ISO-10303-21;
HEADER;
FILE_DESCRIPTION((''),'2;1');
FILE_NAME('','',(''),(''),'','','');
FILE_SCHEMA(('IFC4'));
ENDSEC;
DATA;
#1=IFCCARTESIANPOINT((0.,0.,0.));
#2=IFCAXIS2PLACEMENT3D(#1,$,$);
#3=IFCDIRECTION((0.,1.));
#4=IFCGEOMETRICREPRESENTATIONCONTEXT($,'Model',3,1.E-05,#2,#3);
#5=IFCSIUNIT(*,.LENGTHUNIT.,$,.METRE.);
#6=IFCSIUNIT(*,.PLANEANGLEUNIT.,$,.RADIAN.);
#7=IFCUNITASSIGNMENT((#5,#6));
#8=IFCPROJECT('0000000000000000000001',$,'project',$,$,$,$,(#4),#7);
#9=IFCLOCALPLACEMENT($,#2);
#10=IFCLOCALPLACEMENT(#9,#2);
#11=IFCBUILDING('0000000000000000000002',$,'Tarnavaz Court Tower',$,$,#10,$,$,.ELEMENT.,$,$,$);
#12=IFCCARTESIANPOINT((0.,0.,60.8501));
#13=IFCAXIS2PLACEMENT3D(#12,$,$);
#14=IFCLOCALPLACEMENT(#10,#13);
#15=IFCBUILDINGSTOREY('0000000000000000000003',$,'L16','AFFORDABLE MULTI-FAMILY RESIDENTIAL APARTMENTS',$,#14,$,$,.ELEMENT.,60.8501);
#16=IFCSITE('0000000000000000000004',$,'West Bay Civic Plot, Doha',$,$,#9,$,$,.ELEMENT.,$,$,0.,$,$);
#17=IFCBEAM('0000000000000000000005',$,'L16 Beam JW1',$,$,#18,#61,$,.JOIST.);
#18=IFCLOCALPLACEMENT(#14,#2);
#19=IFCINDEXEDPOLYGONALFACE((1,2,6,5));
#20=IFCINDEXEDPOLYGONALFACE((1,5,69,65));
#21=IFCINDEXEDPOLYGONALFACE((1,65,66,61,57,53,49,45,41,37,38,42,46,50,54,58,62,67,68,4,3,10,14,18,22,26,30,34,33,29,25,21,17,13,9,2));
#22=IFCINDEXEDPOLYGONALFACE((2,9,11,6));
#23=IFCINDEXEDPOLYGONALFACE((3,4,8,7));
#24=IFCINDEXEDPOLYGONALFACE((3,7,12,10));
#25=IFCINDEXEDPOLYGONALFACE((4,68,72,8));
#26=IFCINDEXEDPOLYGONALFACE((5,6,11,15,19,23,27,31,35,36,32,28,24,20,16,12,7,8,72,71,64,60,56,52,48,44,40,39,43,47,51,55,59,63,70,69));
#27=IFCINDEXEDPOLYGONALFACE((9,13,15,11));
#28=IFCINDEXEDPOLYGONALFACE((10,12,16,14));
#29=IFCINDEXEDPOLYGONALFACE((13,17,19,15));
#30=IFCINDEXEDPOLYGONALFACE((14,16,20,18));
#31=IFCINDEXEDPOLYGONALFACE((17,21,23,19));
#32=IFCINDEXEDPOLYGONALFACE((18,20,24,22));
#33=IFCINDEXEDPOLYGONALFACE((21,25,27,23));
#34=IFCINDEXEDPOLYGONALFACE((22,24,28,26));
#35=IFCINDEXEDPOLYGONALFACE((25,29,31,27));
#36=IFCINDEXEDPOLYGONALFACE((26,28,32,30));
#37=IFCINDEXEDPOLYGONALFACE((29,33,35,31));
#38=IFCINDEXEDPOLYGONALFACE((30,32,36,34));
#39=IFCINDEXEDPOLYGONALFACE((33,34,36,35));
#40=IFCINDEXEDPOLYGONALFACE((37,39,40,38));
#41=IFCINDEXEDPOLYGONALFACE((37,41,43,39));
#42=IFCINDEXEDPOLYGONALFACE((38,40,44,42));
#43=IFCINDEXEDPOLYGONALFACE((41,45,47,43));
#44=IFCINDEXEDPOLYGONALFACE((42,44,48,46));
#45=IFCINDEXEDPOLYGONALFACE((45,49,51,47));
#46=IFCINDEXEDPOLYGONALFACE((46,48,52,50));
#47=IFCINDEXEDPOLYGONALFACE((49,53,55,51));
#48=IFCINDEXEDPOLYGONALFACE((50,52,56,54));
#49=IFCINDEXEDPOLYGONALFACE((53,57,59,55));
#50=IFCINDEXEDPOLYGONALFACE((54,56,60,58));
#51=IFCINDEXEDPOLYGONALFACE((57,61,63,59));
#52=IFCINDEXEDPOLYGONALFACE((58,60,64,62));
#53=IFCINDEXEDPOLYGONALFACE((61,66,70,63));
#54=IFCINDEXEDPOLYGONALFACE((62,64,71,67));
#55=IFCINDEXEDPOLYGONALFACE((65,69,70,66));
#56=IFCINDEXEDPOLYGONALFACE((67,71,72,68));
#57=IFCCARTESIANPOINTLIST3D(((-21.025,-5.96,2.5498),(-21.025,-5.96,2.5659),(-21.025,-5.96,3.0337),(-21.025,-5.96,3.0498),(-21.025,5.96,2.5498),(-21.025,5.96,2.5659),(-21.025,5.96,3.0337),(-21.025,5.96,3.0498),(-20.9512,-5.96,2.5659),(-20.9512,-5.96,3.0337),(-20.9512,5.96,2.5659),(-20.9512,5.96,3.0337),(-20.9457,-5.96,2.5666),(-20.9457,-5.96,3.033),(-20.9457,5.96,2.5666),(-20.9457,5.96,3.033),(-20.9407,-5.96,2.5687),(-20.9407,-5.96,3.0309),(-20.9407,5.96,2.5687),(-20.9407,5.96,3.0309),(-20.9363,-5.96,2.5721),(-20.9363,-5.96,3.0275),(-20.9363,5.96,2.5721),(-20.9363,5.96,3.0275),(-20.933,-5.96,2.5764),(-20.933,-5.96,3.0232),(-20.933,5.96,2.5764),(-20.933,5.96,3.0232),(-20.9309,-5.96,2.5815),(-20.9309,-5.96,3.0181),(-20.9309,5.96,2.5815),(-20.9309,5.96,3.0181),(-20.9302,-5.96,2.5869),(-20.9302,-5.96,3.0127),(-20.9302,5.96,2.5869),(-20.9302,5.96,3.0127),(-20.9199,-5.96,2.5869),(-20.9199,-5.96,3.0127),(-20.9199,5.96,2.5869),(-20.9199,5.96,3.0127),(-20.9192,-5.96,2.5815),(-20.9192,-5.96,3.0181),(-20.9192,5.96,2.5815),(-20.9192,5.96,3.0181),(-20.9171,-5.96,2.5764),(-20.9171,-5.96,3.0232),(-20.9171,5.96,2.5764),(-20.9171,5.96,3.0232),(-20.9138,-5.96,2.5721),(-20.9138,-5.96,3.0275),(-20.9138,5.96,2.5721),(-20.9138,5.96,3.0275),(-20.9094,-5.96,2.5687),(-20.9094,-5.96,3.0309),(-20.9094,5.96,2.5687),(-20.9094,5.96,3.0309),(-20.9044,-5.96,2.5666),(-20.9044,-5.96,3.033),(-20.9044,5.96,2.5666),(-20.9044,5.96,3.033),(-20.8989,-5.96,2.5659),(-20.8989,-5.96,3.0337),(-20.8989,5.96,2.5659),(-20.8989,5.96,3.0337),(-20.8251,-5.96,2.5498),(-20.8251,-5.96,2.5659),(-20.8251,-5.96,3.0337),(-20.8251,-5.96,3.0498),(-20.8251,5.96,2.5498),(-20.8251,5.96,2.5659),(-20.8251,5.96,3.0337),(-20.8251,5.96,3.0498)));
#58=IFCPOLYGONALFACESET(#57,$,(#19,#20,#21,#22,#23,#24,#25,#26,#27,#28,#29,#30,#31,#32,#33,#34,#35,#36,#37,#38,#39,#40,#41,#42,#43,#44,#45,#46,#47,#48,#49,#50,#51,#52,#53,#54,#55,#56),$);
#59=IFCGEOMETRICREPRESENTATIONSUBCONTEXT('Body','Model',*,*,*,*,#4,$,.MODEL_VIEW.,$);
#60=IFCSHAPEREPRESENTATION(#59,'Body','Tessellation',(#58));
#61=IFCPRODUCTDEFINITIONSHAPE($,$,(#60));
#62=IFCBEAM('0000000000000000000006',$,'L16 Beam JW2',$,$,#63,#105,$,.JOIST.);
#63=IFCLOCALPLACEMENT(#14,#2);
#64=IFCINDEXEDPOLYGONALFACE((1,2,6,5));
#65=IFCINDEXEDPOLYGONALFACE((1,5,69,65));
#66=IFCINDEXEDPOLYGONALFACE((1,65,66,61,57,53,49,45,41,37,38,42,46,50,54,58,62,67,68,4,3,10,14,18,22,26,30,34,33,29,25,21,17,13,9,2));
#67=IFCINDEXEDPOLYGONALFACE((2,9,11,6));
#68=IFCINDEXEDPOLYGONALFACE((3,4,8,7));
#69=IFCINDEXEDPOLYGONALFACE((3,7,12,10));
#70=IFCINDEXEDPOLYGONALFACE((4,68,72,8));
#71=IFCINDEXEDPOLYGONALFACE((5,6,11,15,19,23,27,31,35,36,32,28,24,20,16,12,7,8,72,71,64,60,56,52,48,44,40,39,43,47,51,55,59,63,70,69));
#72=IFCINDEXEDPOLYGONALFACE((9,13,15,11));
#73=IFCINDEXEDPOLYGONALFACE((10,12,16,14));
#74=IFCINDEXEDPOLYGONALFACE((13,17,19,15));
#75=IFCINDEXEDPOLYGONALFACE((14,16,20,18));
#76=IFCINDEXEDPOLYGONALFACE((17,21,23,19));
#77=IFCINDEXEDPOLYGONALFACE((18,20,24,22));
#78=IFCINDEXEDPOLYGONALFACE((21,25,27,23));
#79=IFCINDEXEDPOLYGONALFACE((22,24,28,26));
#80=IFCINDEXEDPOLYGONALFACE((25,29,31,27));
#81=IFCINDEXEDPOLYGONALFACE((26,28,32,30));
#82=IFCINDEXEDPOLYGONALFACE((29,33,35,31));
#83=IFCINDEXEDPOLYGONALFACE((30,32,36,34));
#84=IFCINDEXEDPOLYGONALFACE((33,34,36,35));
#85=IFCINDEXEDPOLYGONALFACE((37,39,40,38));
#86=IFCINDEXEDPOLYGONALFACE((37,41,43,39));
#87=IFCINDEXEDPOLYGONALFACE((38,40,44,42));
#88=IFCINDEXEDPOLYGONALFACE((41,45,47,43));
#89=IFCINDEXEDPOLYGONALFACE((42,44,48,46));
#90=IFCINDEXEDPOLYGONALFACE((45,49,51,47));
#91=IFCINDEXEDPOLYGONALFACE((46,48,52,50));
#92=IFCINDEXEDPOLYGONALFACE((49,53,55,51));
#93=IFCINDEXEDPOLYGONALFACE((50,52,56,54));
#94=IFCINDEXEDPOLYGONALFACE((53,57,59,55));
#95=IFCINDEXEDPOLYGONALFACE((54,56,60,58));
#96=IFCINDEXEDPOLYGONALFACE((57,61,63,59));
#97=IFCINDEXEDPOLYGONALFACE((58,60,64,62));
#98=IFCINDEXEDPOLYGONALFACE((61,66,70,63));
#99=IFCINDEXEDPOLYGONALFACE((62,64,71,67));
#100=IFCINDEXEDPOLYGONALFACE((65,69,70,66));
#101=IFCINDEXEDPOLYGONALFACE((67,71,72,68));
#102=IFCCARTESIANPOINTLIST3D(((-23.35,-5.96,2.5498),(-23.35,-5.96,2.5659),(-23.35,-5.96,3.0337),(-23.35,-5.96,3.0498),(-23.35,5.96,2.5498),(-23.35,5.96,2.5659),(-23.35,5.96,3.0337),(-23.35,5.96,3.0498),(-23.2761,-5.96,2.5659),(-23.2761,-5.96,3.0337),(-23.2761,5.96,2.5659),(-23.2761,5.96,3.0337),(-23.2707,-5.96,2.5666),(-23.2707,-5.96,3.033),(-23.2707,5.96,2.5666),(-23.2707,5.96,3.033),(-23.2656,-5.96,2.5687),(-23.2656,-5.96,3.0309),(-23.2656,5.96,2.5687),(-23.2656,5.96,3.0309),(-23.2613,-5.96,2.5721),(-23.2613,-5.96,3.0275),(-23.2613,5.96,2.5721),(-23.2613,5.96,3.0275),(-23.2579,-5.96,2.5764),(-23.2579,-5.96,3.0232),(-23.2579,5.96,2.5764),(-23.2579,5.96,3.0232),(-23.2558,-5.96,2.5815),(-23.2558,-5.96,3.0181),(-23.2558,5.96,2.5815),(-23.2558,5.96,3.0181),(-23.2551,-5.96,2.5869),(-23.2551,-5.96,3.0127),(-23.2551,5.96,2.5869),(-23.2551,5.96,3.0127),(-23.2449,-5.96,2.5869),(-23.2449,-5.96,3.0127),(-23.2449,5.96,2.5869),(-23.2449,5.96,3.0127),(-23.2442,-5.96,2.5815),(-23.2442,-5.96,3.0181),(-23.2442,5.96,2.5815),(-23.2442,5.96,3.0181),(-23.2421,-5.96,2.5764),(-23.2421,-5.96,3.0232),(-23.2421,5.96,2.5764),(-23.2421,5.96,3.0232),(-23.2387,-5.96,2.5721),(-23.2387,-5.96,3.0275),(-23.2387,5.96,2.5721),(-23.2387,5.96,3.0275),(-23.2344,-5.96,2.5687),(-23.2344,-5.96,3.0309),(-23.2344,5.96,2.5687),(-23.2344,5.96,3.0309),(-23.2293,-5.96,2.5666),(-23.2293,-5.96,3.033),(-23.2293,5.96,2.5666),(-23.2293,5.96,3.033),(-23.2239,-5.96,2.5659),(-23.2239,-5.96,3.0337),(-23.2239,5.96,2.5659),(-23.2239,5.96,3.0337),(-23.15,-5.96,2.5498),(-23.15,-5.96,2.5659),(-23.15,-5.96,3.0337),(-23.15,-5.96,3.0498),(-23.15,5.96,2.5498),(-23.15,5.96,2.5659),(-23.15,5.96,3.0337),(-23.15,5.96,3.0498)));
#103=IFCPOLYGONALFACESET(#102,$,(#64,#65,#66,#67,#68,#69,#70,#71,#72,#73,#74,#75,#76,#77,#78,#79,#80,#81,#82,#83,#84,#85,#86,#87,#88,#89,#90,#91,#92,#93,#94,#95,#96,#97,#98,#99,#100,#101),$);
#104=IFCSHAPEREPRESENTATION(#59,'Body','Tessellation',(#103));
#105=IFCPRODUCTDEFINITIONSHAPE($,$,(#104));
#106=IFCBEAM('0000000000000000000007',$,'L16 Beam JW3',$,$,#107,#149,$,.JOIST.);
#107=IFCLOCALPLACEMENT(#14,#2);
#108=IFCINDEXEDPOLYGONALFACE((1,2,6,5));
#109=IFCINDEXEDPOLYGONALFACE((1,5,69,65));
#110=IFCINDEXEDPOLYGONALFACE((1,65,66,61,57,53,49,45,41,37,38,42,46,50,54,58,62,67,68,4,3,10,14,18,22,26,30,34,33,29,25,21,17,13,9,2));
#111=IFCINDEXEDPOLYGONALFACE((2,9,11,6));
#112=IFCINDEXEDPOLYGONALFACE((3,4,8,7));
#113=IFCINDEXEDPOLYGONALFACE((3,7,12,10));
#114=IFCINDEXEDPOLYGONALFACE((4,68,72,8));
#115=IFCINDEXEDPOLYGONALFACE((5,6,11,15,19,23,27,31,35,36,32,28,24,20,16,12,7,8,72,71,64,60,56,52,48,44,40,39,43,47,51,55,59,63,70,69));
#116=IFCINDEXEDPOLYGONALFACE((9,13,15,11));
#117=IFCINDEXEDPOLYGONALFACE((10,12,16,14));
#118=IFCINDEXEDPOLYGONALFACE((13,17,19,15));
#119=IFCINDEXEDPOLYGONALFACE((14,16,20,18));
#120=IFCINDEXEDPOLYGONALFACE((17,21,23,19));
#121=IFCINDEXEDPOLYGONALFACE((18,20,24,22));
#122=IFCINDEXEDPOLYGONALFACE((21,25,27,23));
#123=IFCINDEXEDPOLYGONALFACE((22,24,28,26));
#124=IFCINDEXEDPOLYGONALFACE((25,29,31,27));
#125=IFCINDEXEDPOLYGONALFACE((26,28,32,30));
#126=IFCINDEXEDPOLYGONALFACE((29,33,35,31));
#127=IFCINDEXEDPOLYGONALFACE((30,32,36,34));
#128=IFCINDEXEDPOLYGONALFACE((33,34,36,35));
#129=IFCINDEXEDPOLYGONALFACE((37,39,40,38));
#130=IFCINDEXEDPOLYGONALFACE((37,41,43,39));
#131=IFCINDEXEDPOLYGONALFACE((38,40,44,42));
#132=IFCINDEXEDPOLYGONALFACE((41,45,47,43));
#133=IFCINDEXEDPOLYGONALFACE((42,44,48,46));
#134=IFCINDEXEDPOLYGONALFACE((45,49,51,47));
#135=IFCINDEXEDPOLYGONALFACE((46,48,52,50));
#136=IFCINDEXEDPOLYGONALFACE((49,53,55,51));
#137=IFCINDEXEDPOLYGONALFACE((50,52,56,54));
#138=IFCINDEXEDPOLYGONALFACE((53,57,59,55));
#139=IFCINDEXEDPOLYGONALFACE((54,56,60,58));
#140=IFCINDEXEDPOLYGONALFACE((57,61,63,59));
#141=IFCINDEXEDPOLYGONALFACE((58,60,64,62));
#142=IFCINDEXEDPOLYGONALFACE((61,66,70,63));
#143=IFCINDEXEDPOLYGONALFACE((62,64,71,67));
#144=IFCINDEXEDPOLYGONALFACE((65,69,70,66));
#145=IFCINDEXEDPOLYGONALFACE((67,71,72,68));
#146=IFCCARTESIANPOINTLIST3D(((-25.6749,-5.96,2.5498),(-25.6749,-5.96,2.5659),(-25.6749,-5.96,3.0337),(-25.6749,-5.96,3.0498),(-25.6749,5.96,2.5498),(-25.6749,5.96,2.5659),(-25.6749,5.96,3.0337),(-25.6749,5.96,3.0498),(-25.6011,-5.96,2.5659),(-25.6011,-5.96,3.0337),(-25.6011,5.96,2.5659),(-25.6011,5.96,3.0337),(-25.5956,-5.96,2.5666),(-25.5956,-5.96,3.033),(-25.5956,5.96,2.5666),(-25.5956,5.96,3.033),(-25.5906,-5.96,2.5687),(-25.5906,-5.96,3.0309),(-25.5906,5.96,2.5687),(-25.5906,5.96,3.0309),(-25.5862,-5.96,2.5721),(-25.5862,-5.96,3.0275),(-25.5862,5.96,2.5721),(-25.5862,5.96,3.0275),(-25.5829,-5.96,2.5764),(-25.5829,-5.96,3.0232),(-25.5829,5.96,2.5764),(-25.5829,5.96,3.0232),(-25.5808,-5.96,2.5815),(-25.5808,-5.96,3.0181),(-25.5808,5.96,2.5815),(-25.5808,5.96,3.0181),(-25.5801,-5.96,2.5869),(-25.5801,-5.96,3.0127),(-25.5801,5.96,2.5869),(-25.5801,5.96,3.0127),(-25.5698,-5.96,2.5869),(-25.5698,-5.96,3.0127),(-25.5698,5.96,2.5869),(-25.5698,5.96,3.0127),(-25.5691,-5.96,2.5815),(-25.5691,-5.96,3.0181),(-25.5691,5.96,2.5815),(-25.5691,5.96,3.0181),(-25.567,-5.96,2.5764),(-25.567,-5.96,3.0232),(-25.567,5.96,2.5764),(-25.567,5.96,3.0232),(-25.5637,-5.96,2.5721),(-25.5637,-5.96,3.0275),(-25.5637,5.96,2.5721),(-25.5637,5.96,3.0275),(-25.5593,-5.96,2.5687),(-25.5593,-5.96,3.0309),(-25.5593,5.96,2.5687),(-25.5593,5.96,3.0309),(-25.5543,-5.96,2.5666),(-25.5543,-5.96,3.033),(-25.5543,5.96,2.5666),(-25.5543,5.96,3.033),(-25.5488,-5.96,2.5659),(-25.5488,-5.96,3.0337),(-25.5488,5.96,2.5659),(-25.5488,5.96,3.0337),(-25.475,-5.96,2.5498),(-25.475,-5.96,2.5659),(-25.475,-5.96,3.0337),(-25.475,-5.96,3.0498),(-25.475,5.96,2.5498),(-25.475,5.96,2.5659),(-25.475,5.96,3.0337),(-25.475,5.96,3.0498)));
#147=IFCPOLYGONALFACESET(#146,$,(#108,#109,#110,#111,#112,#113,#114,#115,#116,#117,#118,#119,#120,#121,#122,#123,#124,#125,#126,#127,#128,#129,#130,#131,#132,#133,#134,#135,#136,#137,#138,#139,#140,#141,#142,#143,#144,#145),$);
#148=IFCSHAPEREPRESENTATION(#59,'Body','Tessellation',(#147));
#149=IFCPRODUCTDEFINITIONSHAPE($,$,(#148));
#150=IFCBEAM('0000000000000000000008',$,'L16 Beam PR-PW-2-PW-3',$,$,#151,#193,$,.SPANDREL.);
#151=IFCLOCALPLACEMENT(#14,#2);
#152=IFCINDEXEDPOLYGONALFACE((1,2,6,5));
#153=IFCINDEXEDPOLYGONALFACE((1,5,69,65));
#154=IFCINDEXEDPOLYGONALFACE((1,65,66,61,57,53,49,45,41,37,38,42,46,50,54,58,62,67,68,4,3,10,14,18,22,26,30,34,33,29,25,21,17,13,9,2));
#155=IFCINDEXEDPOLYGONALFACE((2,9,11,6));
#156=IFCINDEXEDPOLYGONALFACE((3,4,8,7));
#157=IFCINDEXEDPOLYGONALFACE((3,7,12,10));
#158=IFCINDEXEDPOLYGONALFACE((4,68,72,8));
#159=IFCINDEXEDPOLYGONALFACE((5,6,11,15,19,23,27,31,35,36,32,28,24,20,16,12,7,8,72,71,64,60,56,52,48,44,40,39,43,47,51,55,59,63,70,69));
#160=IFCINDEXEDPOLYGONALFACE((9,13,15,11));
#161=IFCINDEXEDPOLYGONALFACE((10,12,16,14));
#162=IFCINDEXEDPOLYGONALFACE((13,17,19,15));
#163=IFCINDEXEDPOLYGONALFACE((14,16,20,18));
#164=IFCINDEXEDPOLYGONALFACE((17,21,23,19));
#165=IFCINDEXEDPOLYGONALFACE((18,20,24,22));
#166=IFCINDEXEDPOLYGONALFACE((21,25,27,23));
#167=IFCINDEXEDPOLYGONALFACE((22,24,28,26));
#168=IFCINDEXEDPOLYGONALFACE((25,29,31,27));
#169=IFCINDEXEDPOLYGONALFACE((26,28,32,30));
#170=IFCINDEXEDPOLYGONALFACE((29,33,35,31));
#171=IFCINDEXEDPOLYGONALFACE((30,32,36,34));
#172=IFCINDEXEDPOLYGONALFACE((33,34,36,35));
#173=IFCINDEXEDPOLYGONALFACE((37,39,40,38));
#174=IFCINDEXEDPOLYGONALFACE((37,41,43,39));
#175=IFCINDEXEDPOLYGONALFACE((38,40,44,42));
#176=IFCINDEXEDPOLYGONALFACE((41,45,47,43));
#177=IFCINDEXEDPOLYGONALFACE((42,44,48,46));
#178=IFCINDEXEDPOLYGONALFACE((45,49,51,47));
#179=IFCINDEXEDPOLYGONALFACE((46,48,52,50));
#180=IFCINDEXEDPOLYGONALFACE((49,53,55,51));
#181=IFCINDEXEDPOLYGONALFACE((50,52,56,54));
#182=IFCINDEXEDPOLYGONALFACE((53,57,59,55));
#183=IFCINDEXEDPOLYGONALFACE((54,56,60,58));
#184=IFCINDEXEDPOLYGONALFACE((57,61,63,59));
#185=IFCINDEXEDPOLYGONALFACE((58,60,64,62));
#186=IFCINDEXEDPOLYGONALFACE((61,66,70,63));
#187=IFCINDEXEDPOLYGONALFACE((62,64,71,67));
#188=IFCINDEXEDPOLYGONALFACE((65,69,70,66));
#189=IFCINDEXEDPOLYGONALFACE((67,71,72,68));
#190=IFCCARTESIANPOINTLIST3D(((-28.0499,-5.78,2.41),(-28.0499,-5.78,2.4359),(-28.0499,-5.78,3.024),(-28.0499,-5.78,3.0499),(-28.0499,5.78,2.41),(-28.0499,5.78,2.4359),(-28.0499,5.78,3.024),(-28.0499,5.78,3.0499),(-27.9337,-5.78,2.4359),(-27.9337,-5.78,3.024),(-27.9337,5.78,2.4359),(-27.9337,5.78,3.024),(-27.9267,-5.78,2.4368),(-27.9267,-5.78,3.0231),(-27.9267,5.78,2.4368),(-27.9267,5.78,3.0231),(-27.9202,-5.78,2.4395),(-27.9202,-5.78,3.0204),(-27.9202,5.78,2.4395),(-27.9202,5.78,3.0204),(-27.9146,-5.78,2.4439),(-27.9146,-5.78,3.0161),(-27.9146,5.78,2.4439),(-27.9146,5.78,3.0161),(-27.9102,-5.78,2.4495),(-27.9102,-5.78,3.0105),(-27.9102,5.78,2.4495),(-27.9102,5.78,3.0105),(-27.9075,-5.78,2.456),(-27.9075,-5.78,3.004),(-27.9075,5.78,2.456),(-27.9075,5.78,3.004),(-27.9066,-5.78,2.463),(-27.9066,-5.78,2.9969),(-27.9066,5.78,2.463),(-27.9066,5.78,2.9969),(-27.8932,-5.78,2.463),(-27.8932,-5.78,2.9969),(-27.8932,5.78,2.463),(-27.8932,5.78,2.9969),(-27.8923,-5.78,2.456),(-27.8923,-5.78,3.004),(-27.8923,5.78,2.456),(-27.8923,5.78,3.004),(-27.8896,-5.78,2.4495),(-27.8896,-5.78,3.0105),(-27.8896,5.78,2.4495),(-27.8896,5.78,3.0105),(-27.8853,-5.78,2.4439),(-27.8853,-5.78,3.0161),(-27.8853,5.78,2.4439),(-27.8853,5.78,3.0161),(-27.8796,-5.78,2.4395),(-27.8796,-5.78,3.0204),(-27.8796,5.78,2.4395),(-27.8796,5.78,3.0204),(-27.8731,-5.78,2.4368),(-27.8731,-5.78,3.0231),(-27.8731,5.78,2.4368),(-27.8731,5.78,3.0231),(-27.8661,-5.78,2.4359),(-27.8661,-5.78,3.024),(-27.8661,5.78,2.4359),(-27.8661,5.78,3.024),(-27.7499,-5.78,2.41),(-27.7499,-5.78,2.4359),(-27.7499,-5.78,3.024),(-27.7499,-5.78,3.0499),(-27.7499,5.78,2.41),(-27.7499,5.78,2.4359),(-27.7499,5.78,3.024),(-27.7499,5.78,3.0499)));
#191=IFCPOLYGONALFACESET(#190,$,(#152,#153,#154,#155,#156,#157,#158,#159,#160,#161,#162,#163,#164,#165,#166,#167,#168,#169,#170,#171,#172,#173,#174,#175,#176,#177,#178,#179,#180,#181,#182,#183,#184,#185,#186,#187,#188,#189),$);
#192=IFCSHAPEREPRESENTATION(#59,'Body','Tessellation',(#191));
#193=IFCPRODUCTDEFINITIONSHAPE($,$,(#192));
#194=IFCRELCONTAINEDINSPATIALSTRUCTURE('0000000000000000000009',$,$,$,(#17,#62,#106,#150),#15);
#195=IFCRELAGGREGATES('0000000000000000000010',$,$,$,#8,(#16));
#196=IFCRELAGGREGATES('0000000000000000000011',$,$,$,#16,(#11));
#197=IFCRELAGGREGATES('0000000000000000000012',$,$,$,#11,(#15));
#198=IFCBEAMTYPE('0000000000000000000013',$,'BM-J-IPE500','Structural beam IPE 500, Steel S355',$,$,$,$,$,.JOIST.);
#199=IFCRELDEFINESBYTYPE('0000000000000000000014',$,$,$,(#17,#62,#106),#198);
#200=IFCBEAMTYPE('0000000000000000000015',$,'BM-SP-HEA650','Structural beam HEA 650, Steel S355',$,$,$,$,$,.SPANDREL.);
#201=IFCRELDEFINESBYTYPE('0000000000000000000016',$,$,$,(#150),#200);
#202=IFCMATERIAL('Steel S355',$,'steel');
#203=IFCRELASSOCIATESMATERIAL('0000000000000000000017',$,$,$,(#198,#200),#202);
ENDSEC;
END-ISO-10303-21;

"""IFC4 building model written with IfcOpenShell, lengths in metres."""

from ifc_helpers import new_model, si_unit, direction, frame, origin, origin_2d, place, context, subcontext, project, spatial, i_section, extrude, material, material_profile, profile_set, type_object, element, save


model = new_model("IFC4")

# Units and contexts
model_context = context("Model", 3, precision=1e-05, world=origin(), true_north=direction((0.0, 1.0)))
body_context = subcontext(model_context, "Body", "Model", "MODEL_VIEW")
ifc_project = project(units=[si_unit("LENGTHUNIT", "METRE"), si_unit("PLANEANGLEUNIT", "RADIAN")], contexts=[model_context])

# Site, building, storey
site_placement = place(None, origin())
site = spatial("IfcSite", under=ifc_project, at=site_placement, Name="West Bay Civic Plot, Doha", CompositionType="ELEMENT", RefElevation=0.0)
building_placement = place(site_placement, origin())
building = spatial("IfcBuilding", under=site, at=building_placement, Name="Tarnavaz Court Tower", CompositionType="ELEMENT")
storey_placement = place(building_placement, frame((0.0, 0.0, 60.8501)))
storey = spatial("IfcBuildingStorey", under=building, at=storey_placement, Name="L16", Description="AFFORDABLE MULTI-FAMILY RESIDENTIAL APARTMENTS", CompositionType="ELEMENT", Elevation=60.8501)

# Beams
ifc_material_1 = material(Name="Steel S355", Category="steel")
ifc_material_profile_1 = material_profile(ifc_material_1, i_section(OverallWidth=0.2, OverallDepth=0.5, WebThickness=0.0103, FlangeThickness=0.0161, FilletRadius=0.021, at=origin_2d()), Name="IPE 500")
ifc_profile_set_1 = profile_set([ifc_material_profile_1], Name="Steel S355")
beam_type_1 = type_object("IfcBeamType", Name="BM-J-IPE500", Description="Structural beam IPE 500, Steel S355", PredefinedType="JOIST", material=ifc_profile_set_1)
for number, where, z_axis, x_axis, name in (
    (1, (-20.925, -5.96, 2.7998), (0.0, 1.0, 0.0), (-1.0, 0.0, 0.0), "L16 Beam JW1"),
    (2, (-23.25, -5.96, 2.7998), (0.0, 1.0, 0.0), (-1.0, 0.0, 0.0), "L16 Beam JW2"),
    (3, (-25.575, -5.96, 2.7998), (0.0, 1.0, 0.0), (-1.0, 0.0, 0.0), "L16 Beam JW3"),
):
    element("IfcBeam", number, at=place(storey_placement, frame(where, z_axis=z_axis, x_axis=x_axis)), inside=storey, type_object=beam_type_1, Name=name, PredefinedType="JOIST", context=body_context, shape_type="SweptSolid", body=[
        extrude(i_section(OverallWidth=0.2, OverallDepth=0.5, WebThickness=0.0103, FlangeThickness=0.0161, FilletRadius=0.021, at=origin_2d()), origin(), (0.0, 0.0, 1.0), 11.9199),
    ])
ifc_material_profile_2 = material_profile(ifc_material_1, i_section(OverallWidth=0.3, OverallDepth=0.6399, WebThickness=0.0134, FlangeThickness=0.0259, FilletRadius=0.0271, at=origin_2d()), Name="HEA 650")
ifc_profile_set_2 = profile_set([ifc_material_profile_2], Name="Steel S355")
beam_type_2 = type_object("IfcBeamType", Name="BM-SP-HEA650", Description="Structural beam HEA 650, Steel S355", PredefinedType="SPANDREL", material=ifc_profile_set_2)
beam_1_placement = place(storey_placement, frame((-27.8999, -5.78, 2.73), z_axis=(0.0, 1.0, 0.0), x_axis=(-1.0, 0.0, 0.0)))
element("IfcBeam", 4, at=beam_1_placement, inside=storey, type_object=beam_type_2, Name="L16 Beam PR-PW-2-PW-3", PredefinedType="SPANDREL", context=body_context, shape_type="SweptSolid", body=[
    extrude(i_section(OverallWidth=0.3, OverallDepth=0.6399, WebThickness=0.0134, FlangeThickness=0.0259, FilletRadius=0.0271, at=origin_2d()), origin(), (0.0, 0.0, 1.0), 11.5601),
])

save(model, "model.ifc")
